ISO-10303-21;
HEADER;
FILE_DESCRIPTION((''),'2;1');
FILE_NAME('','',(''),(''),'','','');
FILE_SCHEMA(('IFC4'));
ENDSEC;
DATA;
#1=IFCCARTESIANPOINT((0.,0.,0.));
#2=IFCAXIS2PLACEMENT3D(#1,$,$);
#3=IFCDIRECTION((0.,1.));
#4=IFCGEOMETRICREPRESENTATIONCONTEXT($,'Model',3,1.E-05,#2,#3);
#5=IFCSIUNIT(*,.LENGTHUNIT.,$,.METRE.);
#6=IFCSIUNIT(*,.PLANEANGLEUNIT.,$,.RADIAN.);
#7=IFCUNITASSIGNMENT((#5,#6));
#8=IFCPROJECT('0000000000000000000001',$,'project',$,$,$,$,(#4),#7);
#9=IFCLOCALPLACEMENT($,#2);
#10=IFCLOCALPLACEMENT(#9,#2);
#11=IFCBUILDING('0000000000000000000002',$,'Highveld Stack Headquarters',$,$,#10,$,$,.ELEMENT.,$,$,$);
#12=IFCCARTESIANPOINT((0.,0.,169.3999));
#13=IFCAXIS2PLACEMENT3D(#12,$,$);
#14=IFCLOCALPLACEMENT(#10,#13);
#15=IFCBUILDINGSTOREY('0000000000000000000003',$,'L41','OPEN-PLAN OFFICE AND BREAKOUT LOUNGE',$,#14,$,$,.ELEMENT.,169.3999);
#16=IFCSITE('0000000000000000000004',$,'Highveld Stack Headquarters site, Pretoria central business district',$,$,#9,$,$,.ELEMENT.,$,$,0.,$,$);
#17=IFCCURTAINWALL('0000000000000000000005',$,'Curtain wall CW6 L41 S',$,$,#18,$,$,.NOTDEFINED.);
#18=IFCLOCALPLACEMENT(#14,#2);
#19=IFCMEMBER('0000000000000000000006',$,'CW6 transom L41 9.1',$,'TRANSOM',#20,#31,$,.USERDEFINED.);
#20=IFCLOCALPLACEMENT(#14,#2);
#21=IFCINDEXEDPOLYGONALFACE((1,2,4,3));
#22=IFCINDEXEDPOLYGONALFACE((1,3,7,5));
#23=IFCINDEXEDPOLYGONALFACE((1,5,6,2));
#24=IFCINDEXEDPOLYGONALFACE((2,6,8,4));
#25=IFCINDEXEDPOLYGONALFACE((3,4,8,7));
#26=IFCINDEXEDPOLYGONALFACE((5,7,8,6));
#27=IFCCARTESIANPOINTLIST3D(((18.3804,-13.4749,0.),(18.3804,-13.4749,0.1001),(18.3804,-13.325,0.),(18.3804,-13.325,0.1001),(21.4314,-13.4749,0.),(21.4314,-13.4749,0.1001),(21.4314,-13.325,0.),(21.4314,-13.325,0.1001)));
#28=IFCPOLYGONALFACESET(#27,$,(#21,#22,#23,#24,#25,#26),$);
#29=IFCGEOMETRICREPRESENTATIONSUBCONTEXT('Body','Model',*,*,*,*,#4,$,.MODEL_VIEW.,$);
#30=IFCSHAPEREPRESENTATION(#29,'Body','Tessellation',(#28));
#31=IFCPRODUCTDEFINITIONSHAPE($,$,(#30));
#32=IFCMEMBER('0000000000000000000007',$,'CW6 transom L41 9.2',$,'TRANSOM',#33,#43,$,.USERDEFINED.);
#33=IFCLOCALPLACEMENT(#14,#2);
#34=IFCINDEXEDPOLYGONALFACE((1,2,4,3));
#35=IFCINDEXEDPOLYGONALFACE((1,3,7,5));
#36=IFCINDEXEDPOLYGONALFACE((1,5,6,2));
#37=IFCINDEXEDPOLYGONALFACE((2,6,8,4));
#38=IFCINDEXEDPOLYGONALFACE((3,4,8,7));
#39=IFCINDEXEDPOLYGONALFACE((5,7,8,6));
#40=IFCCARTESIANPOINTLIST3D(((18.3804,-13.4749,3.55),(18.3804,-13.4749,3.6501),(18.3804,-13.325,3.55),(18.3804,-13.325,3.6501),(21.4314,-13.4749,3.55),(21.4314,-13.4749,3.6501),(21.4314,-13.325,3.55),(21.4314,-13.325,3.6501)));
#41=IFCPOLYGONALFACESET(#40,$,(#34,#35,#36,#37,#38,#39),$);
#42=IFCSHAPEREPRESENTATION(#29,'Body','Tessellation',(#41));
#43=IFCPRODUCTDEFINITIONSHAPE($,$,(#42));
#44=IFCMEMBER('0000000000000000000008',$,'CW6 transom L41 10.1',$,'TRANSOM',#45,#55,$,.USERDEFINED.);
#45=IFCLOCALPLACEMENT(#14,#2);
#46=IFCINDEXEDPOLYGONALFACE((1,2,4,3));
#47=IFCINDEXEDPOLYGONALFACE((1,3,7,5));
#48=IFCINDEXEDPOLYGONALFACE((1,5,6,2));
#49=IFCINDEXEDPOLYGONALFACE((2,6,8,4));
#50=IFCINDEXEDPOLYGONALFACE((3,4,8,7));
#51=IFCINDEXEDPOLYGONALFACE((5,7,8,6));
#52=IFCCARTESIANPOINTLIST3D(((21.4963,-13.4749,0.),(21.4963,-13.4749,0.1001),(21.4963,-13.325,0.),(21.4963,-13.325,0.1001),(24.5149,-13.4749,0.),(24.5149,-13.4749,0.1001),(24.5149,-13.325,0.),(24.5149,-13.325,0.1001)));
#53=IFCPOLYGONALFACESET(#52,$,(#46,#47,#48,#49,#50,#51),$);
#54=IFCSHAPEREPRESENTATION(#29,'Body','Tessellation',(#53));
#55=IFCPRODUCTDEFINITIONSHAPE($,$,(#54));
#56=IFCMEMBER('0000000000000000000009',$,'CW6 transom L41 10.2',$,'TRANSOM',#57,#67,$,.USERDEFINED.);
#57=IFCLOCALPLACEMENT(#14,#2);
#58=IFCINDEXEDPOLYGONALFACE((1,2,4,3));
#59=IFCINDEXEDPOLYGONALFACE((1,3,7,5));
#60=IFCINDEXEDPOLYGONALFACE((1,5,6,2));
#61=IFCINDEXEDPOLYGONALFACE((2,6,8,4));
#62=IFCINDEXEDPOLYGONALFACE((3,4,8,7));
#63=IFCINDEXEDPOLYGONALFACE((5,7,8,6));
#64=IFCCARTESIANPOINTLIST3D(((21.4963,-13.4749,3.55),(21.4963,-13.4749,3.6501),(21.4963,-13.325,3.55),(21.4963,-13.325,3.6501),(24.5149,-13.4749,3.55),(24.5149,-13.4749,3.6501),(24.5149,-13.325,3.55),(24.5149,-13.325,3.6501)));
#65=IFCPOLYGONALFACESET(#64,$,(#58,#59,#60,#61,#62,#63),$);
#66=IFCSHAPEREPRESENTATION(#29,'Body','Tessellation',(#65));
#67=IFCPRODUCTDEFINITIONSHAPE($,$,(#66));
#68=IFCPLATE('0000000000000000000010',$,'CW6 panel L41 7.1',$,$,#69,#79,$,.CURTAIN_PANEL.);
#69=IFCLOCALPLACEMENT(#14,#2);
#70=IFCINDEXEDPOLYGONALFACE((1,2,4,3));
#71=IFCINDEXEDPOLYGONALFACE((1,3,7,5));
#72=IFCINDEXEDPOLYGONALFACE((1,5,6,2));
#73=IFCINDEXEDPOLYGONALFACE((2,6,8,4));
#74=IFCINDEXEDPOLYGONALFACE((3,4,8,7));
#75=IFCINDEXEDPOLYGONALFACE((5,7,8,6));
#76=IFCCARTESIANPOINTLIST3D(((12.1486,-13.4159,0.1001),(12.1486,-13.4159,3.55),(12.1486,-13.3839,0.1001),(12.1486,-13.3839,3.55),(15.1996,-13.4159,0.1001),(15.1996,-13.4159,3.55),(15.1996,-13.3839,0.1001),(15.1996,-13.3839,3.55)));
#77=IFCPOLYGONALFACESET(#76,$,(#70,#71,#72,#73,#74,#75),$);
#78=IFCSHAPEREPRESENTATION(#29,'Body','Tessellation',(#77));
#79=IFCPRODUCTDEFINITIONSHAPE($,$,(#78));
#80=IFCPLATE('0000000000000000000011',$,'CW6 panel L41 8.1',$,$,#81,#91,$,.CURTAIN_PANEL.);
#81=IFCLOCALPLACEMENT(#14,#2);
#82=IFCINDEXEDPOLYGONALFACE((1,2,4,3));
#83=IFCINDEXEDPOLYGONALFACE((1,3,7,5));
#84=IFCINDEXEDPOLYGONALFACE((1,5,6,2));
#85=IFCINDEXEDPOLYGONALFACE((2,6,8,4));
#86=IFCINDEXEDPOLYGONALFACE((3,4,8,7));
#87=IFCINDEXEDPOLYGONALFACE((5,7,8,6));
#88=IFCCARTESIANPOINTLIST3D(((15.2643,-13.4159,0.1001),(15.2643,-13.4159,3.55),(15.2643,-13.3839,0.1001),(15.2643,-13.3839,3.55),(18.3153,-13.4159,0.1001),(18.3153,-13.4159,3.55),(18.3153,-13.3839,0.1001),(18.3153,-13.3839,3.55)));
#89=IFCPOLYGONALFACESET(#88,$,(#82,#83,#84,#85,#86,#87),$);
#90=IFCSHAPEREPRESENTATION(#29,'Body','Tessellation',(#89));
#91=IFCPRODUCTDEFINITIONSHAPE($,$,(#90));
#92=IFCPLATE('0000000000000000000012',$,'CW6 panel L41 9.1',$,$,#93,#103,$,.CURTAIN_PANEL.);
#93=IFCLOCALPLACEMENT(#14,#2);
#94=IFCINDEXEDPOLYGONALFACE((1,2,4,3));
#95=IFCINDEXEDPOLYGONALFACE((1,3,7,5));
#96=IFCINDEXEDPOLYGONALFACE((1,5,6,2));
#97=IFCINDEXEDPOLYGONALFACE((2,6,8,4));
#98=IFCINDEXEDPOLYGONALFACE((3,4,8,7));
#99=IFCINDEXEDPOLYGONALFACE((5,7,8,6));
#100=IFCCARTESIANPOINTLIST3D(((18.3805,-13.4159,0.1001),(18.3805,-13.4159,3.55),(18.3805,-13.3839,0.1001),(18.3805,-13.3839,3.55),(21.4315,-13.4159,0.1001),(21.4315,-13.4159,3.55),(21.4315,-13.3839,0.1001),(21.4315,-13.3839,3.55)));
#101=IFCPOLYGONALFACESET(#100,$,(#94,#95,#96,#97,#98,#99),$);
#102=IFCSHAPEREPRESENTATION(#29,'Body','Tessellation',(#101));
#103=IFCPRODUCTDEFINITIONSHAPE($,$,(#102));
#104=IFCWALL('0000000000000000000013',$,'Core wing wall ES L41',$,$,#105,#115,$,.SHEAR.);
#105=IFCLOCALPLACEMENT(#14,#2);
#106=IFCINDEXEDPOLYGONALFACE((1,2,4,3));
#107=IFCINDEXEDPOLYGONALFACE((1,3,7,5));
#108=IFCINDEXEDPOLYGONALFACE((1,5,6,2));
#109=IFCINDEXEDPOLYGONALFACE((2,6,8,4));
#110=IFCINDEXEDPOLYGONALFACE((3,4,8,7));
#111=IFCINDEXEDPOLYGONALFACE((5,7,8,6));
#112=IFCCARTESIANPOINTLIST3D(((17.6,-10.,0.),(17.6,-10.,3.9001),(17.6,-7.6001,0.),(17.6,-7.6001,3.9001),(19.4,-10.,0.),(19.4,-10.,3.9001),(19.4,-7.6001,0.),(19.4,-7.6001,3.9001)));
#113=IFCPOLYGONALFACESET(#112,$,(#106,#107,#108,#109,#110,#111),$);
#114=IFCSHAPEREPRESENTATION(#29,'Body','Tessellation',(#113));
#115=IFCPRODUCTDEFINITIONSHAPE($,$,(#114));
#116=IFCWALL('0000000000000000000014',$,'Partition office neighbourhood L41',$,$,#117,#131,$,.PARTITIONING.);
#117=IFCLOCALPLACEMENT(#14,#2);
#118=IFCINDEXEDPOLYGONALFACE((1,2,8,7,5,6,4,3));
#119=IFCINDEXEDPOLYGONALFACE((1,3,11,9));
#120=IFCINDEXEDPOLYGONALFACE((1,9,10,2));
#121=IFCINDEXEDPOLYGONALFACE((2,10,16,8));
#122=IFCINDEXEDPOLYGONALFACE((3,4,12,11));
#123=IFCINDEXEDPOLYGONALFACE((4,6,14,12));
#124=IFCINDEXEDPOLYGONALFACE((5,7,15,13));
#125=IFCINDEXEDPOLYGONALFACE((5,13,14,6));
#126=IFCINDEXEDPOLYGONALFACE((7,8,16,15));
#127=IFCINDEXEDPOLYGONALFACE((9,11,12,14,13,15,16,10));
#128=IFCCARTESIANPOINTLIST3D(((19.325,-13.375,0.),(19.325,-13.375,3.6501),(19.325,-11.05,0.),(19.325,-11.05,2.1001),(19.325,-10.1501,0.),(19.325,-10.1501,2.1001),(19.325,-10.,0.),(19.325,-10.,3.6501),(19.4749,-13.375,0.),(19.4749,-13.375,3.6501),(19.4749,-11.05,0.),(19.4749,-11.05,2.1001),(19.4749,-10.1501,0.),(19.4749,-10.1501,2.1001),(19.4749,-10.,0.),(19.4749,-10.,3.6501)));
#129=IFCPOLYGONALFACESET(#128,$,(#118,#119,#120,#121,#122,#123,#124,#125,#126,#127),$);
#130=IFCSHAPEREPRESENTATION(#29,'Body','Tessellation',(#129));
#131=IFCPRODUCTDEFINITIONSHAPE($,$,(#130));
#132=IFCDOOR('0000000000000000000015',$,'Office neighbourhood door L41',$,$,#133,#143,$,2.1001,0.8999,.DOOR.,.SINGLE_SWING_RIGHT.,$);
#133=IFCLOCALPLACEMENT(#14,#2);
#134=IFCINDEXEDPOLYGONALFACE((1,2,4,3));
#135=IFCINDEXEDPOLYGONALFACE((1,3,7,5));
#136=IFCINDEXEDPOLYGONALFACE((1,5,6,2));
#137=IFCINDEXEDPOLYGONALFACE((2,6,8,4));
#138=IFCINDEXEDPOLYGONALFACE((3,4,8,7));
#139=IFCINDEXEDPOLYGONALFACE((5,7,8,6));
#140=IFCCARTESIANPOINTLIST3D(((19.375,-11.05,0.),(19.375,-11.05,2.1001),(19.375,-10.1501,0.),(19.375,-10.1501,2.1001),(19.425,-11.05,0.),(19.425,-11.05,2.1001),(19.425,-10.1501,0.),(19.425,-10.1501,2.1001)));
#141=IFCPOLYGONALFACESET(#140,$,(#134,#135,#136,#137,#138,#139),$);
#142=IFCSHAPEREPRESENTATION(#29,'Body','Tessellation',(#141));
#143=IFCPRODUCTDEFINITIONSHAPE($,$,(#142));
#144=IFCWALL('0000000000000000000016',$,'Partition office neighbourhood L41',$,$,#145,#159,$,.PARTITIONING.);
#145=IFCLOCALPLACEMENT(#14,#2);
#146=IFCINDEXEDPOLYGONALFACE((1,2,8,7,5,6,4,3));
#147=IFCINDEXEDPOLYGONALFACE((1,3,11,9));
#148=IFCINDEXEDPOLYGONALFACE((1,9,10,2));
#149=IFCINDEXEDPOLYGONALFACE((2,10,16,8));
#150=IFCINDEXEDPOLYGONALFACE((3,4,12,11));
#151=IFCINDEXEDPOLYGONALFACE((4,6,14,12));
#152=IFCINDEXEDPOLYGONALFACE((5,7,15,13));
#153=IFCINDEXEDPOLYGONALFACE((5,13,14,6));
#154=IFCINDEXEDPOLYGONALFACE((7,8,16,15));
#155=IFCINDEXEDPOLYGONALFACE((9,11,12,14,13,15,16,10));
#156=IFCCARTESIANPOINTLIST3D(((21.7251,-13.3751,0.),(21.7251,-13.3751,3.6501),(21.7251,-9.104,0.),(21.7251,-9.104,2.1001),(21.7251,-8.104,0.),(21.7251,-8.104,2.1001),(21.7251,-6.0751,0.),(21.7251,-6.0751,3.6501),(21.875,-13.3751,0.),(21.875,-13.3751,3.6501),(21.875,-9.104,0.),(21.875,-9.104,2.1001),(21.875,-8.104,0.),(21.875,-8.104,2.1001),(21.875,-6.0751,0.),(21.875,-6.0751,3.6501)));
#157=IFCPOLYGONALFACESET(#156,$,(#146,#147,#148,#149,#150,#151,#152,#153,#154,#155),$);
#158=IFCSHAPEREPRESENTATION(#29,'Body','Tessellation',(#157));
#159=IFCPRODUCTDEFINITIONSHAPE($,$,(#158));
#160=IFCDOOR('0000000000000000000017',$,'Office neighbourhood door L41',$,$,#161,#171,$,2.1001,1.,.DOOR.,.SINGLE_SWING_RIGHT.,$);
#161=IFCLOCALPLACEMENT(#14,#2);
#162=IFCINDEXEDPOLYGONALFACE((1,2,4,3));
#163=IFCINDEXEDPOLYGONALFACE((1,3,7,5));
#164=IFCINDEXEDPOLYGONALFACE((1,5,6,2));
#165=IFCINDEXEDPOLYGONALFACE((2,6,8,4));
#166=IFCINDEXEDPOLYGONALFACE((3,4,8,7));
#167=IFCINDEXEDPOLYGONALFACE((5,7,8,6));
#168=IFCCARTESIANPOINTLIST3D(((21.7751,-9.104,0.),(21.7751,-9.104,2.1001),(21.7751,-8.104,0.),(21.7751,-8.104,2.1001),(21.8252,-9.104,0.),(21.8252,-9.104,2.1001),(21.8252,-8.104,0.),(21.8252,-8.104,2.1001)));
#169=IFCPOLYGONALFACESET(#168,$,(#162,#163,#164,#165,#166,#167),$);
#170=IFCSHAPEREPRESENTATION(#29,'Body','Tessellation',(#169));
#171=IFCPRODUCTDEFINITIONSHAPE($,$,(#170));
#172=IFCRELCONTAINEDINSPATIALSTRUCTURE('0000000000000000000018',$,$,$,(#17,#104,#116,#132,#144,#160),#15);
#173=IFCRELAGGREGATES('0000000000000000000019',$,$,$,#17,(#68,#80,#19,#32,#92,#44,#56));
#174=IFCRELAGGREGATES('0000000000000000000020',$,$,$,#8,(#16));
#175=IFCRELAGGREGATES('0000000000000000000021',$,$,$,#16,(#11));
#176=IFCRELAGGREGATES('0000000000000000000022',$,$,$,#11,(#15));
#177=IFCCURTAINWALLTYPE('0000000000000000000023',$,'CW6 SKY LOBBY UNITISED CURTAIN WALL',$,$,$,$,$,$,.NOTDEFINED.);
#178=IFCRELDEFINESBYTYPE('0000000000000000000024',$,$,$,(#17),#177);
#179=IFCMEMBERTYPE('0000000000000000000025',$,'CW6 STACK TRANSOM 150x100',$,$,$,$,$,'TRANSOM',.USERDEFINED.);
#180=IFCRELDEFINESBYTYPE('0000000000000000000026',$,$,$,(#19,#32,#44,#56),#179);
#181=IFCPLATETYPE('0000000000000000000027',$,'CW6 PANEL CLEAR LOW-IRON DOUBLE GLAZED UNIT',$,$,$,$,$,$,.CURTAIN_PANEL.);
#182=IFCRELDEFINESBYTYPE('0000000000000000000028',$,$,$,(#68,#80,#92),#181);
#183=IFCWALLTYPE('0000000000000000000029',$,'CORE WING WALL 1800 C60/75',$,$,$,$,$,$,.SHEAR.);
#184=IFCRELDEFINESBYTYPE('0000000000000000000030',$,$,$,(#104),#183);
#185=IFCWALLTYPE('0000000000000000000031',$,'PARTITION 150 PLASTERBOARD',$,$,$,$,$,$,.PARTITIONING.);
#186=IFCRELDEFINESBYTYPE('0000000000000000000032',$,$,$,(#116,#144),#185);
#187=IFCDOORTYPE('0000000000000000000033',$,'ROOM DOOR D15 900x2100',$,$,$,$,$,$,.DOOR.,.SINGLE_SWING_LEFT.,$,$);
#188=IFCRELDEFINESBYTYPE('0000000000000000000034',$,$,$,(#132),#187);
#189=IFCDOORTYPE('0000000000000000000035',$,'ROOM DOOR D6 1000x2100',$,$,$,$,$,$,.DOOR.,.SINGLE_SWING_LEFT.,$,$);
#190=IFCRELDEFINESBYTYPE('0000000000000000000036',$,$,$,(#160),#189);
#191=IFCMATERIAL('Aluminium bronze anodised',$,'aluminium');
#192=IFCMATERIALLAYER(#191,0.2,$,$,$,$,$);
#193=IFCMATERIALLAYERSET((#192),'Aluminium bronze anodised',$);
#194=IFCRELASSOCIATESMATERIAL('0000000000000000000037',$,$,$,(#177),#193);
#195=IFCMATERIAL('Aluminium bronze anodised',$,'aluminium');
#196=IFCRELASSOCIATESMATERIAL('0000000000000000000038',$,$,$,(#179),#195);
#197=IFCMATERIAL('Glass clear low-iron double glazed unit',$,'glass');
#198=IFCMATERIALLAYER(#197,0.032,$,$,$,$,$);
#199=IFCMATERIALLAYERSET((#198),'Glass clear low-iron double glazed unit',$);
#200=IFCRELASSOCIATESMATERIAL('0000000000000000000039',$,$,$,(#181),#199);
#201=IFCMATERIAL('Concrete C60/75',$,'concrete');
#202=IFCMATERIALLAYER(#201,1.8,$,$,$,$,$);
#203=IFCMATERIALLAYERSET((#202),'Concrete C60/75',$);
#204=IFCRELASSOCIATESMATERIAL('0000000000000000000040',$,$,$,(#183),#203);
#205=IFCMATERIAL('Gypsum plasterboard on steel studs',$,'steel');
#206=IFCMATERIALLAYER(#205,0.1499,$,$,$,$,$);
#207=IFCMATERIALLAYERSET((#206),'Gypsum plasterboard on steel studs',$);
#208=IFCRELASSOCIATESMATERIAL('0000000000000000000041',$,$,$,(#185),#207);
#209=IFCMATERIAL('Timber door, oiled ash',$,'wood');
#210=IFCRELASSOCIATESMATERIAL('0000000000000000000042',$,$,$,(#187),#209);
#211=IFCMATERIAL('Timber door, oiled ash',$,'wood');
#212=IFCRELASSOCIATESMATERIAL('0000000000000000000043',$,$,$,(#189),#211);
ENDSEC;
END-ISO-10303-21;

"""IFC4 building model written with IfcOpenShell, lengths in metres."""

from ifc_helpers import new_model, si_unit, direction, frame, frame_2d, origin, origin_2d, place, context, subcontext, project, spatial, rectangle, extrude, material, layer, layer_set, material_profile, profile_set, type_object, element, fill, aggregate, save


model = new_model("IFC4")

# Units and contexts
model_context = context("Model", 3, precision=1e-05, world=origin(), true_north=direction((0.0, 1.0)))
body_context = subcontext(model_context, "Body", "Model", "MODEL_VIEW")
ifc_project = project(units=[si_unit("LENGTHUNIT", "METRE"), si_unit("PLANEANGLEUNIT", "RADIAN")], contexts=[model_context])

# Site, building, storey
site_placement = place(None, origin())
site = spatial("IfcSite", under=ifc_project, at=site_placement, Name="Highveld Stack Headquarters site, Pretoria central business district", CompositionType="ELEMENT", RefElevation=0.0)
building_placement = place(site_placement, origin())
building = spatial("IfcBuilding", under=site, at=building_placement, Name="Highveld Stack Headquarters", CompositionType="ELEMENT")
storey_placement = place(building_placement, frame((0.0, 0.0, 169.3999)))
storey = spatial("IfcBuildingStorey", under=building, at=storey_placement, Name="L41", Description="OPEN-PLAN OFFICE AND BREAKOUT LOUNGE", CompositionType="ELEMENT", Elevation=169.3999)

# Curtain wall, members, plates
ifc_material_1 = material(Name="Aluminium bronze anodised", Category="aluminium")
ifc_layer_1 = layer(ifc_material_1, 0.2)
ifc_layer_set_1 = layer_set([ifc_layer_1], Name="Aluminium bronze anodised")
curtain_wall_type = type_object("IfcCurtainWallType", Name="CW6 SKY LOBBY UNITISED CURTAIN WALL", PredefinedType="NOTDEFINED", material=ifc_layer_set_1)
curtain_wall_placement = place(storey_placement, origin())
curtain_wall = element("IfcCurtainWall", 1, at=curtain_wall_placement, inside=storey, type_object=curtain_wall_type, Name="Curtain wall CW6 L41 S", PredefinedType="NOTDEFINED")
ifc_material_2 = material(Name="Aluminium bronze anodised", Category="aluminium")
ifc_material_profile_1 = material_profile(ifc_material_2, rectangle(XDim=0.1499, YDim=0.1001, at=origin_2d()), Name="CW6 TRANSOM 150x100")
ifc_profile_set_1 = profile_set([ifc_material_profile_1], Name="Aluminium bronze anodised")
member_type_1 = type_object("IfcMemberType", Name="CW6 STACK TRANSOM 150x100", ElementType="TRANSOM", PredefinedType="USERDEFINED", material=ifc_profile_set_1)
member_1_placement = place(storey_placement, frame((18.3804, -13.3999, 0.05), z_axis=(1.0, 0.0, 0.0), x_axis=(0.0, 1.0, 0.0)))
member_1 = element("IfcMember", 2, at=member_1_placement, type_object=member_type_1, Name="CW6 transom L41 9.1", ObjectType="TRANSOM", PredefinedType="USERDEFINED", context=body_context, shape_type="SweptSolid", body=[
    extrude(rectangle(XDim=0.1499, YDim=0.1001, at=origin_2d()), origin(), (0.0, 0.0, 1.0), 3.051),
])
member_2_placement = place(storey_placement, frame((18.3804, -13.3999, 3.6001), z_axis=(1.0, 0.0, 0.0), x_axis=(0.0, 1.0, 0.0)))
member_2 = element("IfcMember", 3, at=member_2_placement, type_object=member_type_1, Name="CW6 transom L41 9.2", ObjectType="TRANSOM", PredefinedType="USERDEFINED", context=body_context, shape_type="SweptSolid", body=[
    extrude(rectangle(XDim=0.1499, YDim=0.1001, at=origin_2d()), origin(), (0.0, 0.0, 1.0), 3.051),
])
member_3_placement = place(storey_placement, frame((21.4963, -13.3999, 0.05), z_axis=(1.0, 0.0, 0.0), x_axis=(0.0, 1.0, 0.0)))
member_3 = element("IfcMember", 4, at=member_3_placement, type_object=member_type_1, Name="CW6 transom L41 10.1", ObjectType="TRANSOM", PredefinedType="USERDEFINED", context=body_context, shape_type="SweptSolid", body=[
    extrude(rectangle(XDim=0.1499, YDim=0.1001, at=origin_2d()), origin(), (0.0, 0.0, 1.0), 3.0186),
])
member_4_placement = place(storey_placement, frame((21.4963, -13.3999, 3.6001), z_axis=(1.0, 0.0, 0.0), x_axis=(0.0, 1.0, 0.0)))
member_4 = element("IfcMember", 5, at=member_4_placement, type_object=member_type_1, Name="CW6 transom L41 10.2", ObjectType="TRANSOM", PredefinedType="USERDEFINED", context=body_context, shape_type="SweptSolid", body=[
    extrude(rectangle(XDim=0.1499, YDim=0.1001, at=origin_2d()), origin(), (0.0, 0.0, 1.0), 3.0186),
])
ifc_material_3 = material(Name="Glass clear low-iron double glazed unit", Category="glass")
ifc_layer_2 = layer(ifc_material_3, 0.032)
ifc_layer_set_2 = layer_set([ifc_layer_2], Name="Glass clear low-iron double glazed unit")
plate_type = type_object("IfcPlateType", Name="CW6 PANEL CLEAR LOW-IRON DOUBLE GLAZED UNIT", PredefinedType="CURTAIN_PANEL", material=ifc_layer_set_2)
plate_1_placement = place(storey_placement, frame((13.6741, -13.3999, 0.1001), z_axis=(0.0, 0.0, 1.0), x_axis=(1.0, 0.0, 0.0)))
plate_1 = element("IfcPlate", 6, at=plate_1_placement, type_object=plate_type, Name="CW6 panel L41 7.1", PredefinedType="CURTAIN_PANEL", context=body_context, shape_type="SweptSolid", body=[
    extrude(rectangle(XDim=3.051, YDim=0.032, at=origin_2d()), origin(), (0.0, 0.0, 1.0), 3.45),
])
plate_2_placement = place(storey_placement, frame((16.7898, -13.3999, 0.1001), z_axis=(0.0, 0.0, 1.0), x_axis=(1.0, 0.0, 0.0)))
plate_2 = element("IfcPlate", 7, at=plate_2_placement, type_object=plate_type, Name="CW6 panel L41 8.1", PredefinedType="CURTAIN_PANEL", context=body_context, shape_type="SweptSolid", body=[
    extrude(rectangle(XDim=3.051, YDim=0.032, at=origin_2d()), origin(), (0.0, 0.0, 1.0), 3.45),
])
plate_3_placement = place(storey_placement, frame((19.906, -13.3999, 0.1001), z_axis=(0.0, 0.0, 1.0), x_axis=(1.0, 0.0, 0.0)))
plate_3 = element("IfcPlate", 8, at=plate_3_placement, type_object=plate_type, Name="CW6 panel L41 9.1", PredefinedType="CURTAIN_PANEL", context=body_context, shape_type="SweptSolid", body=[
    extrude(rectangle(XDim=3.051, YDim=0.032, at=origin_2d()), origin(), (0.0, 0.0, 1.0), 3.45),
])
aggregate(curtain_wall, [plate_1, plate_2, member_1, member_2, plate_3, member_3, member_4])

# Wall
ifc_material_4 = material(Name="Concrete C60/75", Category="concrete")
ifc_layer_3 = layer(ifc_material_4, 1.8)
ifc_layer_set_3 = layer_set([ifc_layer_3], Name="Concrete C60/75")
wall_type_1 = type_object("IfcWallType", Name="CORE WING WALL 1800 C60/75", PredefinedType="SHEAR", material=ifc_layer_set_3)
wall_1_placement = place(storey_placement, frame((18.5, -10.0, 0.0), z_axis=(0.0, 0.0, 1.0), x_axis=(0.0, 1.0, 0.0)))
element("IfcWall", 9, at=wall_1_placement, inside=storey, type_object=wall_type_1, Name="Core wing wall ES L41", PredefinedType="SHEAR", context=body_context, shape_type="SweptSolid", body=[
    extrude(rectangle(XDim=2.3999, YDim=1.8, at=frame_2d((1.2, 0.0))), origin(), (0.0, 0.0, 1.0), 3.9001),
])

# Walls, openings, doors
ifc_material_5 = material(Name="Gypsum plasterboard on steel studs", Category="steel")
ifc_layer_4 = layer(ifc_material_5, 0.1499)
ifc_layer_set_4 = layer_set([ifc_layer_4], Name="Gypsum plasterboard on steel studs")
wall_type_2 = type_object("IfcWallType", Name="PARTITION 150 PLASTERBOARD", PredefinedType="PARTITIONING", material=ifc_layer_set_4)
wall_2_placement = place(storey_placement, frame((19.3999, -13.375, 0.0), z_axis=(0.0, 0.0, 1.0), x_axis=(0.0, 1.0, 0.0)))
wall_2 = element("IfcWall", 10, at=wall_2_placement, inside=storey, type_object=wall_type_2, Name="Partition office neighbourhood L41", PredefinedType="PARTITIONING", context=body_context, shape_type="SweptSolid", body=[
    extrude(rectangle(XDim=3.375, YDim=0.1499, at=frame_2d((1.6875, 0.0))), origin(), (0.0, 0.0, 1.0), 3.6501),
])
opening_1_placement = place(wall_2_placement, frame((2.325, 0.0, 0.0)))
opening_1 = element("IfcOpeningElement", 11, at=opening_1_placement, cuts=wall_2, PredefinedType="OPENING", context=body_context, shape_type="SweptSolid", body=[
    extrude(rectangle(XDim=0.8999, YDim=2.1001, at=frame_2d((0.45, 1.05))), frame((0.0, 0.085, 0.0), z_axis=(0.0, -1.0, 0.0), x_axis=(1.0, 0.0, 0.0)), (0.0, 0.0, 1.0), 0.1699),
])
ifc_material_6 = material(Name="Timber door, oiled ash", Category="wood")
door_type_1 = type_object("IfcDoorType", Name="ROOM DOOR D15 900x2100", OperationType="SINGLE_SWING_LEFT", PredefinedType="DOOR", material=ifc_material_6)
door_1_placement = place(opening_1_placement, origin())
door_1 = element("IfcDoor", 12, at=door_1_placement, inside=storey, type_object=door_type_1, Name="Office neighbourhood door L41", OperationType="SINGLE_SWING_RIGHT", OverallHeight=2.1001, OverallWidth=0.8999, PredefinedType="DOOR", context=body_context, shape_type="SweptSolid", body=[
    extrude(rectangle(XDim=0.8999, YDim=2.1001, at=frame_2d((0.45, 1.05))), frame((0.0, 0.0249, 0.0), z_axis=(0.0, -1.0, 0.0), x_axis=(1.0, 0.0, 0.0)), (0.0, 0.0, 1.0), 0.05),
])
fill(opening_1, door_1)
wall_3_placement = place(storey_placement, frame((21.8, -13.375, 0.0), z_axis=(0.0, 0.0, 1.0), x_axis=(0.0, 1.0, 0.0)))
wall_3 = element("IfcWall", 13, at=wall_3_placement, inside=storey, type_object=wall_type_2, Name="Partition office neighbourhood L41", PredefinedType="PARTITIONING", context=body_context, shape_type="SweptSolid", body=[
    extrude(rectangle(XDim=7.3, YDim=0.1499, at=frame_2d((3.6499, 0.0))), origin(), (0.0, 0.0, 1.0), 3.6501),
])
opening_2_placement = place(wall_3_placement, frame((4.271, 0.0, 0.0)))
opening_2 = element("IfcOpeningElement", 14, at=opening_2_placement, cuts=wall_3, PredefinedType="OPENING", context=body_context, shape_type="SweptSolid", body=[
    extrude(rectangle(XDim=1.0, YDim=2.1001, at=frame_2d((0.5, 1.05))), frame((0.0, 0.085, 0.0), z_axis=(0.0, -1.0, 0.0), x_axis=(1.0, 0.0, 0.0)), (0.0, 0.0, 1.0), 0.1699),
])
ifc_material_7 = material(Name="Timber door, oiled ash", Category="wood")
door_type_2 = type_object("IfcDoorType", Name="ROOM DOOR D6 1000x2100", OperationType="SINGLE_SWING_LEFT", PredefinedType="DOOR", material=ifc_material_7)
door_2_placement = place(opening_2_placement, origin())
door_2 = element("IfcDoor", 15, at=door_2_placement, inside=storey, type_object=door_type_2, Name="Office neighbourhood door L41", OperationType="SINGLE_SWING_RIGHT", OverallHeight=2.1001, OverallWidth=1.0, PredefinedType="DOOR", context=body_context, shape_type="SweptSolid", body=[
    extrude(rectangle(XDim=1.0, YDim=2.1001, at=frame_2d((0.5, 1.05))), frame((0.0, 0.0249, 0.0), z_axis=(0.0, -1.0, 0.0), x_axis=(1.0, 0.0, 0.0)), (0.0, 0.0, 1.0), 0.05),
])
fill(opening_2, door_2)

save(model, "model.ifc")
